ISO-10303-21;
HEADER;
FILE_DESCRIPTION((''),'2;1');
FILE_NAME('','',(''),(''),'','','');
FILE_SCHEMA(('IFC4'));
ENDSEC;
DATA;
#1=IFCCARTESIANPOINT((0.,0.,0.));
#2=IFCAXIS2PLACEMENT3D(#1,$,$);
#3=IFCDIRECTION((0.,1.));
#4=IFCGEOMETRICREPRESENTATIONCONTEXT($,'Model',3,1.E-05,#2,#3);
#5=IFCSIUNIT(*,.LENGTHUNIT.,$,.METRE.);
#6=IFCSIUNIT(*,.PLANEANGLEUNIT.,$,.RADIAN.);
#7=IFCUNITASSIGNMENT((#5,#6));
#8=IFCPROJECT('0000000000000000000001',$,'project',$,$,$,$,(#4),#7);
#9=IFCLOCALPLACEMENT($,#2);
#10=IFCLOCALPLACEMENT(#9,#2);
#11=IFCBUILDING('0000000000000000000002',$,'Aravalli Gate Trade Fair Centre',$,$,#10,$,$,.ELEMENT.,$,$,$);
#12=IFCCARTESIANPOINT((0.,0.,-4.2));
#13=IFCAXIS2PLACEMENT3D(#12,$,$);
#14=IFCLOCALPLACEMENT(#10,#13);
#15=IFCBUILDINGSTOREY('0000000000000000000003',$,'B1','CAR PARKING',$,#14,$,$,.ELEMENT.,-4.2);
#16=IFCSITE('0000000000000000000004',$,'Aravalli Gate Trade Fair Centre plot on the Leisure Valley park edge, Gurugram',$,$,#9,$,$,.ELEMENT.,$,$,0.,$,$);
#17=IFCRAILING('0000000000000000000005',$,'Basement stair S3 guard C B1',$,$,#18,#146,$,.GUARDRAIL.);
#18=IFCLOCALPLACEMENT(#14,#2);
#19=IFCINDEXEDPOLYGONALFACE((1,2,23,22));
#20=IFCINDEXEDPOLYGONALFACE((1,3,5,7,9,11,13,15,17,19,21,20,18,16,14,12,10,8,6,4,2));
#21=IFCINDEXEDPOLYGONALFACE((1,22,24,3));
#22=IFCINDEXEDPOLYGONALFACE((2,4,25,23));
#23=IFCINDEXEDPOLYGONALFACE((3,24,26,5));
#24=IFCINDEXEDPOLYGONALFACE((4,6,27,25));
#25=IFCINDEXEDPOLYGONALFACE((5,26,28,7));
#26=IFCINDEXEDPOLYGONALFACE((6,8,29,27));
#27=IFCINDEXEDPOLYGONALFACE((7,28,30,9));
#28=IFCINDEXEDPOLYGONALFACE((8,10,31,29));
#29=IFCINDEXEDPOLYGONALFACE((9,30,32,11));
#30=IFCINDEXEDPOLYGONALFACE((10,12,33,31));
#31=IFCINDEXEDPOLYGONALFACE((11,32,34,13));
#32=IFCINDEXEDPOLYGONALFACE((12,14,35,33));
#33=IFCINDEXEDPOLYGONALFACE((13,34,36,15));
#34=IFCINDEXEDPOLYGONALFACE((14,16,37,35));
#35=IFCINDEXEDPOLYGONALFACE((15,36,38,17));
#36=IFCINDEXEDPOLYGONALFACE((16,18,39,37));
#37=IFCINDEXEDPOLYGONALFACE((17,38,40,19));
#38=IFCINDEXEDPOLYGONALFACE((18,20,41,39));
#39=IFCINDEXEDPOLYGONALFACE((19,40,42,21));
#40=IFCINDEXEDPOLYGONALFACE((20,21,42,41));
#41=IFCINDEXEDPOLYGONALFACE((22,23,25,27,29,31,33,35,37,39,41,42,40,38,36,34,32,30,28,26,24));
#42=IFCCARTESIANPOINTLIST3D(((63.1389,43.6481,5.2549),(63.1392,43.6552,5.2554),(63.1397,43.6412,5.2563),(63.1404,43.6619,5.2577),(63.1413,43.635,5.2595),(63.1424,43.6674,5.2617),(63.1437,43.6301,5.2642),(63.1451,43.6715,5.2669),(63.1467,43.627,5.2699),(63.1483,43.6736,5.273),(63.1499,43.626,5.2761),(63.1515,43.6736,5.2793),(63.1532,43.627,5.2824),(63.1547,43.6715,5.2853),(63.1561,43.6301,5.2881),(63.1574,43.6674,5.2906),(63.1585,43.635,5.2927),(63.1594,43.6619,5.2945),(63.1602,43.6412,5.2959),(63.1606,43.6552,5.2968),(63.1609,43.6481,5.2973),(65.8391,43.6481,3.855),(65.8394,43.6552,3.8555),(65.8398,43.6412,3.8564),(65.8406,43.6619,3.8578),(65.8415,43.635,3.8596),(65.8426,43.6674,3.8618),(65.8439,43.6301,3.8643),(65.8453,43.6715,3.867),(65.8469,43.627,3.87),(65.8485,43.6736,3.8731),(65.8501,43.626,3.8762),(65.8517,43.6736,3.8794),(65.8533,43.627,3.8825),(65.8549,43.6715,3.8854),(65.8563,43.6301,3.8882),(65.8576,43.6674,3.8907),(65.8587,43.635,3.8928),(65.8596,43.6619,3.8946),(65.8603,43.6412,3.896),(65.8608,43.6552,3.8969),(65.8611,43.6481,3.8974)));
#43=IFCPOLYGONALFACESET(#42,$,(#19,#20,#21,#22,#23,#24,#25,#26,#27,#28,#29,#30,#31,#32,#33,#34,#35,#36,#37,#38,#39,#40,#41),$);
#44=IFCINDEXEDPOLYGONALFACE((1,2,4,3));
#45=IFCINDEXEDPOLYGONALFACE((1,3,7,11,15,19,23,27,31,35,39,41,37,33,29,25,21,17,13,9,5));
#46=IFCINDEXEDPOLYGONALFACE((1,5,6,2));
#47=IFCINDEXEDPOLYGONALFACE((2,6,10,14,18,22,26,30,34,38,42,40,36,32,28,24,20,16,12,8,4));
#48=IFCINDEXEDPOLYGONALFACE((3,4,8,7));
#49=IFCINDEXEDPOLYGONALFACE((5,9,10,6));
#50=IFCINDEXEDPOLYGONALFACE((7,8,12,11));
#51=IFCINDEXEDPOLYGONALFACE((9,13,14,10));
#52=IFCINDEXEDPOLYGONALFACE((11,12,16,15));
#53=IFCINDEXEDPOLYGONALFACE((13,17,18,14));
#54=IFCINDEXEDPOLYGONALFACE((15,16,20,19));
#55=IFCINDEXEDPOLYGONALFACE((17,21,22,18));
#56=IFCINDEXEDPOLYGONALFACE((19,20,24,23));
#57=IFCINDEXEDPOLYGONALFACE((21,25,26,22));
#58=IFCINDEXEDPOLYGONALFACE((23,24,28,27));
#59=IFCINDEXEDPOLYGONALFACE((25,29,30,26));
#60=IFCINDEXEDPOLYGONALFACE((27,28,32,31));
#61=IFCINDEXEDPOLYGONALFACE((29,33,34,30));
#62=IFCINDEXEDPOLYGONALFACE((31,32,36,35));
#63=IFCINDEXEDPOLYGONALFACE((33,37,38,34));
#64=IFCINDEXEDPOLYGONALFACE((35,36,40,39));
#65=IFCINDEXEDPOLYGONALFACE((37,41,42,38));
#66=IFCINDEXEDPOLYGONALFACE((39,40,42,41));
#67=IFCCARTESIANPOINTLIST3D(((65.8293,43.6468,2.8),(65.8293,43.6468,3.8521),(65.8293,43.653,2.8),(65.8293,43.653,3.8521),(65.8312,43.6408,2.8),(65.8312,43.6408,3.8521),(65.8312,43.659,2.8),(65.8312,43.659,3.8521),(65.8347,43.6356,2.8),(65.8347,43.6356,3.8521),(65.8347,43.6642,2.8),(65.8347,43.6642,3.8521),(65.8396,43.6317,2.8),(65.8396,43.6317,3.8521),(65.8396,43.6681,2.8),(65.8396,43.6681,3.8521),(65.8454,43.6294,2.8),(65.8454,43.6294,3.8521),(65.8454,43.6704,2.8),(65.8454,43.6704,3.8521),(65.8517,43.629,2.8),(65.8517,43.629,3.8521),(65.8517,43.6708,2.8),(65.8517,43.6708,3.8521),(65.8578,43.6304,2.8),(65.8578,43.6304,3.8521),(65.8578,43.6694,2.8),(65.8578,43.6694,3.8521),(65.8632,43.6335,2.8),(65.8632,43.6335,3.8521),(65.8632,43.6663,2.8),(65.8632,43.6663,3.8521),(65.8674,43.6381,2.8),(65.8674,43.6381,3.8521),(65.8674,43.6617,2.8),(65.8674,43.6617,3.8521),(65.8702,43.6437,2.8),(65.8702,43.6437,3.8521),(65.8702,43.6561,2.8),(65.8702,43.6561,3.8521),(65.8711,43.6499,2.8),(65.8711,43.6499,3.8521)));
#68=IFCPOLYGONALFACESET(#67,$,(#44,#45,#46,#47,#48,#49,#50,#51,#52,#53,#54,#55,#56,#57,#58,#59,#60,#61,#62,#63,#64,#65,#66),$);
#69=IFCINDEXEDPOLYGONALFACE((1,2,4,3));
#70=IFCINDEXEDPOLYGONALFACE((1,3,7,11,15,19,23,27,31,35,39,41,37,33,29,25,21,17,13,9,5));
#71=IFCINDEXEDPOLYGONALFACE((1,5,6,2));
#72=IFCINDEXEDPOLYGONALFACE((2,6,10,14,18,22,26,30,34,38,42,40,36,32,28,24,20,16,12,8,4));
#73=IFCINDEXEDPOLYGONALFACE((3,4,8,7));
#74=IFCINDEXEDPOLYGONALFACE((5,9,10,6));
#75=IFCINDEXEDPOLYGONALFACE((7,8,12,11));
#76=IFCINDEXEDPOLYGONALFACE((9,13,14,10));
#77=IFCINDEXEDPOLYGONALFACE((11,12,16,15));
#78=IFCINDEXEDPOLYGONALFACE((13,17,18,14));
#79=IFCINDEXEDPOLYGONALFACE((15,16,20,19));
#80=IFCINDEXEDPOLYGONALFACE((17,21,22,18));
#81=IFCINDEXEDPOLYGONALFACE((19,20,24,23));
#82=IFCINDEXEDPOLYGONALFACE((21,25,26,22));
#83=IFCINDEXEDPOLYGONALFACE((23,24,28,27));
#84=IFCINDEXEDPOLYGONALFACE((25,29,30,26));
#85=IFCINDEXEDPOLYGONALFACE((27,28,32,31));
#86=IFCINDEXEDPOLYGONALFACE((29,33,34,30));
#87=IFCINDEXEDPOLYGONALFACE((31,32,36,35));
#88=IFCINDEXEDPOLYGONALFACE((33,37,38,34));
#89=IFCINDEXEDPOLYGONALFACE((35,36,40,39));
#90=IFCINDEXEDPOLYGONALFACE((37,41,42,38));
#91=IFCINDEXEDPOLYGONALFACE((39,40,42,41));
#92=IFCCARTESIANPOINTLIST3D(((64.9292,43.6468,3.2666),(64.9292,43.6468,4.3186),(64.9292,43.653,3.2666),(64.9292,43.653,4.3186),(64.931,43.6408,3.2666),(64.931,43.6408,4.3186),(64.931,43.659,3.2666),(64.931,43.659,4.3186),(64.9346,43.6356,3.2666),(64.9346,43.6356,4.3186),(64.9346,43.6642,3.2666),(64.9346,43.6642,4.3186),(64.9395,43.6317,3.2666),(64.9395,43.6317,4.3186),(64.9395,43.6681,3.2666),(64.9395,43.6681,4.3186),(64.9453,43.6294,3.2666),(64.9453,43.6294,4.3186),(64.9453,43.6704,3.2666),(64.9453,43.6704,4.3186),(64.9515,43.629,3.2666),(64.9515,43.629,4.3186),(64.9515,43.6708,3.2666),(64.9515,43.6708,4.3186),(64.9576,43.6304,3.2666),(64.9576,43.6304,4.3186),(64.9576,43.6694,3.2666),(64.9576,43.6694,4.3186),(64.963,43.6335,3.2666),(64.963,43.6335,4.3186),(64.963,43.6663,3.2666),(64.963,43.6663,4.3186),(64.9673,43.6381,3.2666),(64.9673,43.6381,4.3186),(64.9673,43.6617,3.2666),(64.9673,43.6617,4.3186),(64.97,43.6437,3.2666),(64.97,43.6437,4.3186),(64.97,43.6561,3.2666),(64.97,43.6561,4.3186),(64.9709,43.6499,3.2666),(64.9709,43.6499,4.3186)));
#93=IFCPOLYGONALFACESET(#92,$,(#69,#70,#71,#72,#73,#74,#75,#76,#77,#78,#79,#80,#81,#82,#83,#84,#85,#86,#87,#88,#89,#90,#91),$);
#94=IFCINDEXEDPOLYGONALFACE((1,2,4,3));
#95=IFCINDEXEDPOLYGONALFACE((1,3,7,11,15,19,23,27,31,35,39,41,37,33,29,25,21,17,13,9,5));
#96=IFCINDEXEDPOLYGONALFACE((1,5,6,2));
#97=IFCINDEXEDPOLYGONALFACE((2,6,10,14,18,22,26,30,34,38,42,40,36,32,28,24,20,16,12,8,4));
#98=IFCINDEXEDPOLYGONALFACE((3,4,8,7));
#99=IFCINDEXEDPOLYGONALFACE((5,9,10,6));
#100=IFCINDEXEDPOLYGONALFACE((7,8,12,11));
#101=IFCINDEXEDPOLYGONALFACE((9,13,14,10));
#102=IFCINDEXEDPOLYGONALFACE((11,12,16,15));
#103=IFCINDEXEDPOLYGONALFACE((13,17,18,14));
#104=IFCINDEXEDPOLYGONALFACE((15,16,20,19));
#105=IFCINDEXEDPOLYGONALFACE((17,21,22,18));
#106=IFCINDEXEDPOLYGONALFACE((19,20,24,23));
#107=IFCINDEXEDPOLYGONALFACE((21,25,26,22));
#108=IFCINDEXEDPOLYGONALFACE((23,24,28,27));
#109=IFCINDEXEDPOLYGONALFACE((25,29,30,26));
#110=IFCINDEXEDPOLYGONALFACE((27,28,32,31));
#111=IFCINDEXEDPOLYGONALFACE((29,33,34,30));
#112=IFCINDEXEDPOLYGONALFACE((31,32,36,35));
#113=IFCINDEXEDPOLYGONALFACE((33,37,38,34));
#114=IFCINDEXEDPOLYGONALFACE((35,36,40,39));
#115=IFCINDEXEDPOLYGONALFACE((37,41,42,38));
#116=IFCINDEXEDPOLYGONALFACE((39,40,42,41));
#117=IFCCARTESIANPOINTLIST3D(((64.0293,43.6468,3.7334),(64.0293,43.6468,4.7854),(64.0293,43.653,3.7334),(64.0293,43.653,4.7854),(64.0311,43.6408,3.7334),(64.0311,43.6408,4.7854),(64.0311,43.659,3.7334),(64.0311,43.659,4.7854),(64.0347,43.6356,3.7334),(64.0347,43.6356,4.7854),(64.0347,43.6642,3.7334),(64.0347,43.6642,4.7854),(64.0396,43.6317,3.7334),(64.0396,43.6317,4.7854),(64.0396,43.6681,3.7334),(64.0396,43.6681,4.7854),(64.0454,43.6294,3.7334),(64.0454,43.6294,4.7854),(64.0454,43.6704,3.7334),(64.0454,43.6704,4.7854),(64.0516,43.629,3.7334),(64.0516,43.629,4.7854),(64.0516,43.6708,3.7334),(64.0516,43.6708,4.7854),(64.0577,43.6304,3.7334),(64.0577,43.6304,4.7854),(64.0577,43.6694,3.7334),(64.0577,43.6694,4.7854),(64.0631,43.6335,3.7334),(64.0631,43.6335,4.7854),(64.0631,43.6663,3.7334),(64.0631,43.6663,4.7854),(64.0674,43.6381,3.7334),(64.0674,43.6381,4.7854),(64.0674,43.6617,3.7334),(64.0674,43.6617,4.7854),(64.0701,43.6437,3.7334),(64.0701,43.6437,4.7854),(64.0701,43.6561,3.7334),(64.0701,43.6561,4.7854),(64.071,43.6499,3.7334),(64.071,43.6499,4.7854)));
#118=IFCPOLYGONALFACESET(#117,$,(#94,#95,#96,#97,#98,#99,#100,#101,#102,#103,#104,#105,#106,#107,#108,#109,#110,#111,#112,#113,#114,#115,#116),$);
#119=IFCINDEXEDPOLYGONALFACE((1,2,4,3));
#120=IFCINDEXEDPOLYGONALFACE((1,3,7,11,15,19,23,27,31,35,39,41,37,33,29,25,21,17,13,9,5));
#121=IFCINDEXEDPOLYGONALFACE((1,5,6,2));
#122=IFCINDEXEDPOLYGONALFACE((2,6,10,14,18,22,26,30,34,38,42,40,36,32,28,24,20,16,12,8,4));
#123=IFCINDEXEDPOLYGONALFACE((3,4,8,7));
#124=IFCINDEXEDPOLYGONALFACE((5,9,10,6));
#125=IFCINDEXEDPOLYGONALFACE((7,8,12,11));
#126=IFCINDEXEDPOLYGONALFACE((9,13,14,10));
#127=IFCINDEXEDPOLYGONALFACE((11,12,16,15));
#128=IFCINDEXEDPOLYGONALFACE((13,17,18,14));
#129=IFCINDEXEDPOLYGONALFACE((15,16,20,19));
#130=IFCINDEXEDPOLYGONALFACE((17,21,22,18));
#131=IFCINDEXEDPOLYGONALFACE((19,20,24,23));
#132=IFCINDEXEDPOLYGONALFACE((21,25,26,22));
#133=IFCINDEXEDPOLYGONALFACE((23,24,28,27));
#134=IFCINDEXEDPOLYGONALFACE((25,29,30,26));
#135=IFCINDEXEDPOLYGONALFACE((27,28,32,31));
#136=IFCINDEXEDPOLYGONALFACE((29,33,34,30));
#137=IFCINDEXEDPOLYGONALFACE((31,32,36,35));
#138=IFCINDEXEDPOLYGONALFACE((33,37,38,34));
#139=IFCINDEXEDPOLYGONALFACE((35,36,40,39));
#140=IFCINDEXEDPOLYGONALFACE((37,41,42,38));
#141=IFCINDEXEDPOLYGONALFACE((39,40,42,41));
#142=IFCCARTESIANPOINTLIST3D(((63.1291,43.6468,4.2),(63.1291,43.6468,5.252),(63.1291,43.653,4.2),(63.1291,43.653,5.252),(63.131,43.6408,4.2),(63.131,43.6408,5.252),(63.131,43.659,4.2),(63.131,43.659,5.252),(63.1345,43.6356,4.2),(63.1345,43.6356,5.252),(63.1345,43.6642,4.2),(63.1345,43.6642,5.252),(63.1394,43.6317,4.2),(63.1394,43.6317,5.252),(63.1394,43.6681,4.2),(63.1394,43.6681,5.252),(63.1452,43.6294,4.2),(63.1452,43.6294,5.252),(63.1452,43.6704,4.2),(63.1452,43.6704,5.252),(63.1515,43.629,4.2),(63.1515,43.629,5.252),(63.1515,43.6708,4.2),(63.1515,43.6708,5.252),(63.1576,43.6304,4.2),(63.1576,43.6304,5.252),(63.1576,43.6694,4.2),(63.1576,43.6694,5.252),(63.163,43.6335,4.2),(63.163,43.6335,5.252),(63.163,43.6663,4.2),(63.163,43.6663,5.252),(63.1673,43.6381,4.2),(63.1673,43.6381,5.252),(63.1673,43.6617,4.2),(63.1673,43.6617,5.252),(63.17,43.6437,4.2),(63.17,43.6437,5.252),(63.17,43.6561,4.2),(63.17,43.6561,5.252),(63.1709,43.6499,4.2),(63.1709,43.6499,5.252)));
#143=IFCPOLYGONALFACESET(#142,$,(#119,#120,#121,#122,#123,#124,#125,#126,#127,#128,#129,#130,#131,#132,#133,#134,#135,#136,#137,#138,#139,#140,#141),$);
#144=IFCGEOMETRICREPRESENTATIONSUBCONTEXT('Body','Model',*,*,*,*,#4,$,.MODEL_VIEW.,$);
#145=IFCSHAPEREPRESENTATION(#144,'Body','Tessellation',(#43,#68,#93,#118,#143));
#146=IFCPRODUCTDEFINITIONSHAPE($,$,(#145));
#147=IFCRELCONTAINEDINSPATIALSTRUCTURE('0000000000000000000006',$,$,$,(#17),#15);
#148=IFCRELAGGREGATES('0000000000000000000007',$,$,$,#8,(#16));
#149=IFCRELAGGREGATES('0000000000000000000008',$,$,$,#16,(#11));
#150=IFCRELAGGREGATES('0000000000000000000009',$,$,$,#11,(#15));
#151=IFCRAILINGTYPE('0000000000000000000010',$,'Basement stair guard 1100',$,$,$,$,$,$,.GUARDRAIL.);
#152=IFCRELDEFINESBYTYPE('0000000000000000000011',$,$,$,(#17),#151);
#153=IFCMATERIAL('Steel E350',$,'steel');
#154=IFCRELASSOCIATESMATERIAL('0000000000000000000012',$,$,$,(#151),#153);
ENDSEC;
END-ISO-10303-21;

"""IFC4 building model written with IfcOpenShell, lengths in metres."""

from ifc_helpers import new_model, si_unit, direction, frame, origin, origin_2d, place, context, subcontext, project, spatial, circle, extrude, material, type_object, element, save


model = new_model("IFC4")

# Units and contexts
model_context = context("Model", 3, precision=1e-05, world=origin(), true_north=direction((0.0, 1.0)))
body_context = subcontext(model_context, "Body", "Model", "MODEL_VIEW")
ifc_project = project(units=[si_unit("LENGTHUNIT", "METRE"), si_unit("PLANEANGLEUNIT", "RADIAN")], contexts=[model_context])

# Site, building, storey
site_placement = place(None, origin())
site = spatial("IfcSite", under=ifc_project, at=site_placement, Name="Aravalli Gate Trade Fair Centre plot on the Leisure Valley park edge, Gurugram", CompositionType="ELEMENT", RefElevation=0.0)
building_placement = place(site_placement, origin())
building = spatial("IfcBuilding", under=site, at=building_placement, Name="Aravalli Gate Trade Fair Centre", CompositionType="ELEMENT")
storey_placement = place(building_placement, frame((0.0, 0.0, -4.2)))
storey = spatial("IfcBuildingStorey", under=building, at=storey_placement, Name="B1", Description="CAR PARKING", CompositionType="ELEMENT", Elevation=-4.2)

# Railing
ifc_material_1 = material(Name="Steel E350", Category="steel")
railing_type = type_object("IfcRailingType", Name="Basement stair guard 1100", PredefinedType="GUARDRAIL", material=ifc_material_1)
railing_1_placement = place(storey_placement, frame((65.8501, 43.6499, 2.8)))
element("IfcRailing", 1, at=railing_1_placement, inside=storey, type_object=railing_type, Name="Basement stair S3 guard C B1", PredefinedType="GUARDRAIL", context=body_context, shape_type="SweptSolid", body=[
    extrude(circle(Radius=0.0239, at=origin_2d()), frame((0.0, 0.0, 1.0762), z_axis=(-0.887781, 0.0, 0.460266), x_axis=(0.0, -1.0, 0.0)), (0.0, 0.0, 1.0), 3.0415),
    extrude(circle(Radius=0.021, at=origin_2d()), origin(), (0.0, 0.0, 1.0), 1.052),
    extrude(circle(Radius=0.021, at=origin_2d()), frame((-0.9001, 0.0, 0.4666)), (0.0, 0.0, 1.0), 1.052),
    extrude(circle(Radius=0.021, at=origin_2d()), frame((-1.8, 0.0, 0.9333)), (0.0, 0.0, 1.0), 1.052),
    extrude(circle(Radius=0.021, at=origin_2d()), frame((-2.7002, 0.0, 1.3999)), (0.0, 0.0, 1.0), 1.052),
])

save(model, "model.ifc")
